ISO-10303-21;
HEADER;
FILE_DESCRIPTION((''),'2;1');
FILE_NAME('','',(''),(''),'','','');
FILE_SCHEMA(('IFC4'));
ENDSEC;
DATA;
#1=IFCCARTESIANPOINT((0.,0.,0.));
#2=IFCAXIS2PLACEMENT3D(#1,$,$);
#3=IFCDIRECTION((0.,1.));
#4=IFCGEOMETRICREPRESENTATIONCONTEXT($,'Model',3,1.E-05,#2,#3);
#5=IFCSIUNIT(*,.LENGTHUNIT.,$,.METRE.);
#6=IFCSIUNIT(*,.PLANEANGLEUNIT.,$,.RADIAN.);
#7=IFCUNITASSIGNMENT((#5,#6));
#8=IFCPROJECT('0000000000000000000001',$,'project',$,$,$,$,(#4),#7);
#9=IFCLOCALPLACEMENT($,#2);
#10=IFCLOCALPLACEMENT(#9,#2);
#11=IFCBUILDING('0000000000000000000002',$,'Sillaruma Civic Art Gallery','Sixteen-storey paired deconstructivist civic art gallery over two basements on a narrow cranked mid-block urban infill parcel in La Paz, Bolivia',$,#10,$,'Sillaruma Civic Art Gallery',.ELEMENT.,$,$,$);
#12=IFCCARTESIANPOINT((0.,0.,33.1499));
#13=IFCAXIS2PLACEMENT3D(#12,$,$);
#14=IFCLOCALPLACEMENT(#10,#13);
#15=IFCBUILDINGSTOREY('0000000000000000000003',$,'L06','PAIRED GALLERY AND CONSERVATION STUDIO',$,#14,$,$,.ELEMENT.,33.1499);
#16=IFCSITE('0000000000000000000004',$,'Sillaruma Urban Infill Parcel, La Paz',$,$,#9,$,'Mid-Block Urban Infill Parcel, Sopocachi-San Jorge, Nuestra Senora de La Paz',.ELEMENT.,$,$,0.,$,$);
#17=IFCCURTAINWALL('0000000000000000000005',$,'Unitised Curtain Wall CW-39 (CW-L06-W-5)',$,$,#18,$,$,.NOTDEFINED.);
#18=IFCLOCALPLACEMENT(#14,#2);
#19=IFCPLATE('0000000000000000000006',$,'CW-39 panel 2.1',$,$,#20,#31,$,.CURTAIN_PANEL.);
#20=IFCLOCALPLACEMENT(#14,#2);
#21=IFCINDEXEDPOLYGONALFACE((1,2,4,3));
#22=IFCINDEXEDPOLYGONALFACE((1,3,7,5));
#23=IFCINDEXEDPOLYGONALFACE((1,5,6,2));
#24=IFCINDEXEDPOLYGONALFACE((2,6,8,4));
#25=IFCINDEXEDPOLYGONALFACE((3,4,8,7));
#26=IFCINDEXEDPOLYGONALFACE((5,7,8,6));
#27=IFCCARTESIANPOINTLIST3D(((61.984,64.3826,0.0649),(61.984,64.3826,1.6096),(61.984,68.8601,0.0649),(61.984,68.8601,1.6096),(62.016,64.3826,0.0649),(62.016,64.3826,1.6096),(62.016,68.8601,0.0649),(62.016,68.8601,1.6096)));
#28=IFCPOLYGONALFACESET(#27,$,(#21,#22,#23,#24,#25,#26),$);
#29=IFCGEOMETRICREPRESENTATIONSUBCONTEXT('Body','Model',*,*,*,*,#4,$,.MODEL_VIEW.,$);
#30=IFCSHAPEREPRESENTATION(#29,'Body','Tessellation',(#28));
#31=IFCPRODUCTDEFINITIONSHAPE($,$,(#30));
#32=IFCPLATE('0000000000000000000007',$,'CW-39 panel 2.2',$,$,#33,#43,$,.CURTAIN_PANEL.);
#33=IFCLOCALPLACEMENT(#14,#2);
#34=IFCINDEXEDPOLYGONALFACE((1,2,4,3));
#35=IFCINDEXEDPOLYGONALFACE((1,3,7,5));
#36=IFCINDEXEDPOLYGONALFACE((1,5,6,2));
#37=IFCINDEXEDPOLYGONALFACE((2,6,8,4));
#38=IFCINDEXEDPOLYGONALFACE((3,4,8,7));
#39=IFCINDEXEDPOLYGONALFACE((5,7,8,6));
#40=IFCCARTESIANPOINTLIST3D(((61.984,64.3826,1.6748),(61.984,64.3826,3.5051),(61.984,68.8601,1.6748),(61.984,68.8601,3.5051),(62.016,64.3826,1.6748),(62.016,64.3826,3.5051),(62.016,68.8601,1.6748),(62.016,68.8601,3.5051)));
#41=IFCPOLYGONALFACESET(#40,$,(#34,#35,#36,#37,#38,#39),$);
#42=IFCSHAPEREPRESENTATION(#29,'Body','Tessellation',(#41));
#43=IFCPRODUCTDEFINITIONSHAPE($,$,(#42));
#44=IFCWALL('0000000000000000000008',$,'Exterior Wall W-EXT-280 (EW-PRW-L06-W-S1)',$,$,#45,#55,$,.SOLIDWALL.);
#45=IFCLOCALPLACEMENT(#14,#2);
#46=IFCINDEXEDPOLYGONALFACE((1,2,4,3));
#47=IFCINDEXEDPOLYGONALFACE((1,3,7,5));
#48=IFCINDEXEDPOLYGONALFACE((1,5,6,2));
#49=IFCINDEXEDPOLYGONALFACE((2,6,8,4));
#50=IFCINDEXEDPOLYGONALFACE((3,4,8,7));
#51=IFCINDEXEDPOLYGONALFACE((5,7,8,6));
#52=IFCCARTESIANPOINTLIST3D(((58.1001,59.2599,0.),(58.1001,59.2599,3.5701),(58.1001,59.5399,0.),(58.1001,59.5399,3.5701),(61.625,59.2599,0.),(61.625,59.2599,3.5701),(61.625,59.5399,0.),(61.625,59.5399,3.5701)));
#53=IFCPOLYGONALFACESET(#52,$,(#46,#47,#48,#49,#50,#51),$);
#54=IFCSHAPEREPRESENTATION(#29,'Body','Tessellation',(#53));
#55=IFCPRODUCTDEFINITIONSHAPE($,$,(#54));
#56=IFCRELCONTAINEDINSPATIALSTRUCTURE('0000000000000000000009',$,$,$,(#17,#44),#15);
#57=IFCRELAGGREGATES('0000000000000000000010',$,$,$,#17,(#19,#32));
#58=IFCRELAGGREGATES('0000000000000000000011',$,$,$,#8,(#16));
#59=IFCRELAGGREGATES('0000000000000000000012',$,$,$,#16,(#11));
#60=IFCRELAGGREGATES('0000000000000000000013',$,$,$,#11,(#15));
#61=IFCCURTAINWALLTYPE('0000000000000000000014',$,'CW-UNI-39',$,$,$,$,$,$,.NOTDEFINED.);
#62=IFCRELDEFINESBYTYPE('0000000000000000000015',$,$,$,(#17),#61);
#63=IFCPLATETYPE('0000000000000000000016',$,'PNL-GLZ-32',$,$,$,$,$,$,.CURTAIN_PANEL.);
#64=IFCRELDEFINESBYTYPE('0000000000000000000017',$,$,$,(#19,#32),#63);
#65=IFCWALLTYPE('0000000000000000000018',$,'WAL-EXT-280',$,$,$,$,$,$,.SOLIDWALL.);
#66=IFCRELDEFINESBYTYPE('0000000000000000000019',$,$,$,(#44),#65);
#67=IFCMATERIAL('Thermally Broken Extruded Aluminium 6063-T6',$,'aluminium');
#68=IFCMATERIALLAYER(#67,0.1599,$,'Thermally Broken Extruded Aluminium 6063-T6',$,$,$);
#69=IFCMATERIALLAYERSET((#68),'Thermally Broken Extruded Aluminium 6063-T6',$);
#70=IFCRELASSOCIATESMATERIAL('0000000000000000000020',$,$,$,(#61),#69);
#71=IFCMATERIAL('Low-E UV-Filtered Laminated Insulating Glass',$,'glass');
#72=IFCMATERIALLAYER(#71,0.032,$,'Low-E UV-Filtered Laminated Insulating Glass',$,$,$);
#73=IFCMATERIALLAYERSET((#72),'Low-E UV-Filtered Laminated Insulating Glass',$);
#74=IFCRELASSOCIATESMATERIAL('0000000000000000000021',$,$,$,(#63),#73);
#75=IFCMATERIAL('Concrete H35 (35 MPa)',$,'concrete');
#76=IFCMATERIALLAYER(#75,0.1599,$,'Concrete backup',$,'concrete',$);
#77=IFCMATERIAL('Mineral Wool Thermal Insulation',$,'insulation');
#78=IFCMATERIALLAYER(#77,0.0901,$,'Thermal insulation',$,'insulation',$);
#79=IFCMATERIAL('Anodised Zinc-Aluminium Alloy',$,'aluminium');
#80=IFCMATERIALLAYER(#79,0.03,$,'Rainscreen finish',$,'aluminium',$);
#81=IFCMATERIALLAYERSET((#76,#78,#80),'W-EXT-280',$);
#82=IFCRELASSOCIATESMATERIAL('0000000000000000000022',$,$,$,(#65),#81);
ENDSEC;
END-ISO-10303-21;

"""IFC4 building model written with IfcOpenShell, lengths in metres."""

from ifc_helpers import new_model, si_unit, direction, frame, frame_2d, origin, origin_2d, place, context, subcontext, project, spatial, rectangle, extrude, material, layer, layer_set, type_object, element, aggregate, save


model = new_model("IFC4")

# Units and contexts
model_context = context("Model", 3, precision=1e-05, world=origin(), true_north=direction((0.0, 1.0)))
body_context = subcontext(model_context, "Body", "Model", "MODEL_VIEW")
ifc_project = project(units=[si_unit("LENGTHUNIT", "METRE"), si_unit("PLANEANGLEUNIT", "RADIAN")], contexts=[model_context])

# Site, building, storey
site_placement = place(None, origin())
site = spatial("IfcSite", under=ifc_project, at=site_placement, Name="Sillaruma Urban Infill Parcel, La Paz", LongName="Mid-Block Urban Infill Parcel, Sopocachi-San Jorge, Nuestra Senora de La Paz", CompositionType="ELEMENT", RefElevation=0.0)
building_placement = place(site_placement, origin())
building = spatial("IfcBuilding", under=site, at=building_placement, Name="Sillaruma Civic Art Gallery", Description="Sixteen-storey paired deconstructivist civic art gallery over two basements on a narrow cranked mid-block urban infill parcel in La Paz, Bolivia", LongName="Sillaruma Civic Art Gallery", CompositionType="ELEMENT")
storey_placement = place(building_placement, frame((0.0, 0.0, 33.1499)))
storey = spatial("IfcBuildingStorey", under=building, at=storey_placement, Name="L06", Description="PAIRED GALLERY AND CONSERVATION STUDIO", CompositionType="ELEMENT", Elevation=33.1499)

# Shared definitions
ifc_material_1 = material(Name="Concrete H35 (35 MPa)", Category="concrete")

# Curtain wall
ifc_material_2 = material(Name="Thermally Broken Extruded Aluminium 6063-T6", Category="aluminium")
ifc_layer_1 = layer(ifc_material_2, 0.1599, Name="Thermally Broken Extruded Aluminium 6063-T6")
ifc_layer_set_1 = layer_set([ifc_layer_1], Name="Thermally Broken Extruded Aluminium 6063-T6")
curtain_wall_type_1 = type_object("IfcCurtainWallType", Name="CW-UNI-39", PredefinedType="NOTDEFINED", material=ifc_layer_set_1)
curtain_wall_1_placement = place(storey_placement, origin())
curtain_wall_1 = element("IfcCurtainWall", 1, at=curtain_wall_1_placement, inside=storey, type_object=curtain_wall_type_1, Name="Unitised Curtain Wall CW-39 (CW-L06-W-5)", PredefinedType="NOTDEFINED")

# Plates
ifc_material_3 = material(Name="Anodised Zinc-Aluminium Alloy", Category="aluminium")
ifc_material_4 = material(Name="Low-E UV-Filtered Laminated Insulating Glass", Category="glass")
ifc_layer_2 = layer(ifc_material_4, 0.032, Name="Low-E UV-Filtered Laminated Insulating Glass")
ifc_layer_set_2 = layer_set([ifc_layer_2], Name="Low-E UV-Filtered Laminated Insulating Glass")
plate_type_1 = type_object("IfcPlateType", Name="PNL-GLZ-32", PredefinedType="CURTAIN_PANEL", material=ifc_layer_set_2)
plate_1_placement = place(storey_placement, frame((62.0, 66.6213, 0.0649), z_axis=(0.0, 0.0, 1.0), x_axis=(0.0, 1.0, 0.0)))
plate_1 = element("IfcPlate", 2, at=plate_1_placement, type_object=plate_type_1, Name="CW-39 panel 2.1", PredefinedType="CURTAIN_PANEL", context=body_context, shape_type="SweptSolid", body=[
    extrude(rectangle(XDim=4.4775, YDim=0.032, at=origin_2d()), origin(), (0.0, 0.0, 1.0), 1.5447),
])
plate_2_placement = place(storey_placement, frame((62.0, 66.6213, 1.6748), z_axis=(0.0, 0.0, 1.0), x_axis=(0.0, 1.0, 0.0)))
plate_2 = element("IfcPlate", 3, at=plate_2_placement, type_object=plate_type_1, Name="CW-39 panel 2.2", PredefinedType="CURTAIN_PANEL", context=body_context, shape_type="SweptSolid", body=[
    extrude(rectangle(XDim=4.4775, YDim=0.032, at=origin_2d()), origin(), (0.0, 0.0, 1.0), 1.8303),
])
aggregate(curtain_wall_1, [plate_1, plate_2])

# Wall
ifc_layer_3 = layer(ifc_material_1, 0.1599, Name="Concrete backup", Category="concrete")
ifc_material_5 = material(Name="Mineral Wool Thermal Insulation", Category="insulation")
ifc_layer_4 = layer(ifc_material_5, 0.0901, Name="Thermal insulation", Category="insulation")
ifc_layer_5 = layer(ifc_material_3, 0.03, Name="Rainscreen finish", Category="aluminium")
ifc_layer_set_3 = layer_set([ifc_layer_3, ifc_layer_4, ifc_layer_5], Name="W-EXT-280")
wall_type = type_object("IfcWallType", Name="WAL-EXT-280", PredefinedType="SOLIDWALL", material=ifc_layer_set_3)
wall_placement = place(storey_placement, frame((61.625, 59.3999, 0.0), z_axis=(0.0, 0.0, 1.0), x_axis=(-1.0, 0.0, 0.0)))
element("IfcWall", 4, at=wall_placement, inside=storey, type_object=wall_type, Name="Exterior Wall W-EXT-280 (EW-PRW-L06-W-S1)", PredefinedType="SOLIDWALL", context=body_context, shape_type="SweptSolid", body=[
    extrude(rectangle(XDim=3.5249, YDim=0.28, at=frame_2d((1.7625, 0.0))), origin(), (0.0, 0.0, 1.0), 3.5701),
])

save(model, "model.ifc")
